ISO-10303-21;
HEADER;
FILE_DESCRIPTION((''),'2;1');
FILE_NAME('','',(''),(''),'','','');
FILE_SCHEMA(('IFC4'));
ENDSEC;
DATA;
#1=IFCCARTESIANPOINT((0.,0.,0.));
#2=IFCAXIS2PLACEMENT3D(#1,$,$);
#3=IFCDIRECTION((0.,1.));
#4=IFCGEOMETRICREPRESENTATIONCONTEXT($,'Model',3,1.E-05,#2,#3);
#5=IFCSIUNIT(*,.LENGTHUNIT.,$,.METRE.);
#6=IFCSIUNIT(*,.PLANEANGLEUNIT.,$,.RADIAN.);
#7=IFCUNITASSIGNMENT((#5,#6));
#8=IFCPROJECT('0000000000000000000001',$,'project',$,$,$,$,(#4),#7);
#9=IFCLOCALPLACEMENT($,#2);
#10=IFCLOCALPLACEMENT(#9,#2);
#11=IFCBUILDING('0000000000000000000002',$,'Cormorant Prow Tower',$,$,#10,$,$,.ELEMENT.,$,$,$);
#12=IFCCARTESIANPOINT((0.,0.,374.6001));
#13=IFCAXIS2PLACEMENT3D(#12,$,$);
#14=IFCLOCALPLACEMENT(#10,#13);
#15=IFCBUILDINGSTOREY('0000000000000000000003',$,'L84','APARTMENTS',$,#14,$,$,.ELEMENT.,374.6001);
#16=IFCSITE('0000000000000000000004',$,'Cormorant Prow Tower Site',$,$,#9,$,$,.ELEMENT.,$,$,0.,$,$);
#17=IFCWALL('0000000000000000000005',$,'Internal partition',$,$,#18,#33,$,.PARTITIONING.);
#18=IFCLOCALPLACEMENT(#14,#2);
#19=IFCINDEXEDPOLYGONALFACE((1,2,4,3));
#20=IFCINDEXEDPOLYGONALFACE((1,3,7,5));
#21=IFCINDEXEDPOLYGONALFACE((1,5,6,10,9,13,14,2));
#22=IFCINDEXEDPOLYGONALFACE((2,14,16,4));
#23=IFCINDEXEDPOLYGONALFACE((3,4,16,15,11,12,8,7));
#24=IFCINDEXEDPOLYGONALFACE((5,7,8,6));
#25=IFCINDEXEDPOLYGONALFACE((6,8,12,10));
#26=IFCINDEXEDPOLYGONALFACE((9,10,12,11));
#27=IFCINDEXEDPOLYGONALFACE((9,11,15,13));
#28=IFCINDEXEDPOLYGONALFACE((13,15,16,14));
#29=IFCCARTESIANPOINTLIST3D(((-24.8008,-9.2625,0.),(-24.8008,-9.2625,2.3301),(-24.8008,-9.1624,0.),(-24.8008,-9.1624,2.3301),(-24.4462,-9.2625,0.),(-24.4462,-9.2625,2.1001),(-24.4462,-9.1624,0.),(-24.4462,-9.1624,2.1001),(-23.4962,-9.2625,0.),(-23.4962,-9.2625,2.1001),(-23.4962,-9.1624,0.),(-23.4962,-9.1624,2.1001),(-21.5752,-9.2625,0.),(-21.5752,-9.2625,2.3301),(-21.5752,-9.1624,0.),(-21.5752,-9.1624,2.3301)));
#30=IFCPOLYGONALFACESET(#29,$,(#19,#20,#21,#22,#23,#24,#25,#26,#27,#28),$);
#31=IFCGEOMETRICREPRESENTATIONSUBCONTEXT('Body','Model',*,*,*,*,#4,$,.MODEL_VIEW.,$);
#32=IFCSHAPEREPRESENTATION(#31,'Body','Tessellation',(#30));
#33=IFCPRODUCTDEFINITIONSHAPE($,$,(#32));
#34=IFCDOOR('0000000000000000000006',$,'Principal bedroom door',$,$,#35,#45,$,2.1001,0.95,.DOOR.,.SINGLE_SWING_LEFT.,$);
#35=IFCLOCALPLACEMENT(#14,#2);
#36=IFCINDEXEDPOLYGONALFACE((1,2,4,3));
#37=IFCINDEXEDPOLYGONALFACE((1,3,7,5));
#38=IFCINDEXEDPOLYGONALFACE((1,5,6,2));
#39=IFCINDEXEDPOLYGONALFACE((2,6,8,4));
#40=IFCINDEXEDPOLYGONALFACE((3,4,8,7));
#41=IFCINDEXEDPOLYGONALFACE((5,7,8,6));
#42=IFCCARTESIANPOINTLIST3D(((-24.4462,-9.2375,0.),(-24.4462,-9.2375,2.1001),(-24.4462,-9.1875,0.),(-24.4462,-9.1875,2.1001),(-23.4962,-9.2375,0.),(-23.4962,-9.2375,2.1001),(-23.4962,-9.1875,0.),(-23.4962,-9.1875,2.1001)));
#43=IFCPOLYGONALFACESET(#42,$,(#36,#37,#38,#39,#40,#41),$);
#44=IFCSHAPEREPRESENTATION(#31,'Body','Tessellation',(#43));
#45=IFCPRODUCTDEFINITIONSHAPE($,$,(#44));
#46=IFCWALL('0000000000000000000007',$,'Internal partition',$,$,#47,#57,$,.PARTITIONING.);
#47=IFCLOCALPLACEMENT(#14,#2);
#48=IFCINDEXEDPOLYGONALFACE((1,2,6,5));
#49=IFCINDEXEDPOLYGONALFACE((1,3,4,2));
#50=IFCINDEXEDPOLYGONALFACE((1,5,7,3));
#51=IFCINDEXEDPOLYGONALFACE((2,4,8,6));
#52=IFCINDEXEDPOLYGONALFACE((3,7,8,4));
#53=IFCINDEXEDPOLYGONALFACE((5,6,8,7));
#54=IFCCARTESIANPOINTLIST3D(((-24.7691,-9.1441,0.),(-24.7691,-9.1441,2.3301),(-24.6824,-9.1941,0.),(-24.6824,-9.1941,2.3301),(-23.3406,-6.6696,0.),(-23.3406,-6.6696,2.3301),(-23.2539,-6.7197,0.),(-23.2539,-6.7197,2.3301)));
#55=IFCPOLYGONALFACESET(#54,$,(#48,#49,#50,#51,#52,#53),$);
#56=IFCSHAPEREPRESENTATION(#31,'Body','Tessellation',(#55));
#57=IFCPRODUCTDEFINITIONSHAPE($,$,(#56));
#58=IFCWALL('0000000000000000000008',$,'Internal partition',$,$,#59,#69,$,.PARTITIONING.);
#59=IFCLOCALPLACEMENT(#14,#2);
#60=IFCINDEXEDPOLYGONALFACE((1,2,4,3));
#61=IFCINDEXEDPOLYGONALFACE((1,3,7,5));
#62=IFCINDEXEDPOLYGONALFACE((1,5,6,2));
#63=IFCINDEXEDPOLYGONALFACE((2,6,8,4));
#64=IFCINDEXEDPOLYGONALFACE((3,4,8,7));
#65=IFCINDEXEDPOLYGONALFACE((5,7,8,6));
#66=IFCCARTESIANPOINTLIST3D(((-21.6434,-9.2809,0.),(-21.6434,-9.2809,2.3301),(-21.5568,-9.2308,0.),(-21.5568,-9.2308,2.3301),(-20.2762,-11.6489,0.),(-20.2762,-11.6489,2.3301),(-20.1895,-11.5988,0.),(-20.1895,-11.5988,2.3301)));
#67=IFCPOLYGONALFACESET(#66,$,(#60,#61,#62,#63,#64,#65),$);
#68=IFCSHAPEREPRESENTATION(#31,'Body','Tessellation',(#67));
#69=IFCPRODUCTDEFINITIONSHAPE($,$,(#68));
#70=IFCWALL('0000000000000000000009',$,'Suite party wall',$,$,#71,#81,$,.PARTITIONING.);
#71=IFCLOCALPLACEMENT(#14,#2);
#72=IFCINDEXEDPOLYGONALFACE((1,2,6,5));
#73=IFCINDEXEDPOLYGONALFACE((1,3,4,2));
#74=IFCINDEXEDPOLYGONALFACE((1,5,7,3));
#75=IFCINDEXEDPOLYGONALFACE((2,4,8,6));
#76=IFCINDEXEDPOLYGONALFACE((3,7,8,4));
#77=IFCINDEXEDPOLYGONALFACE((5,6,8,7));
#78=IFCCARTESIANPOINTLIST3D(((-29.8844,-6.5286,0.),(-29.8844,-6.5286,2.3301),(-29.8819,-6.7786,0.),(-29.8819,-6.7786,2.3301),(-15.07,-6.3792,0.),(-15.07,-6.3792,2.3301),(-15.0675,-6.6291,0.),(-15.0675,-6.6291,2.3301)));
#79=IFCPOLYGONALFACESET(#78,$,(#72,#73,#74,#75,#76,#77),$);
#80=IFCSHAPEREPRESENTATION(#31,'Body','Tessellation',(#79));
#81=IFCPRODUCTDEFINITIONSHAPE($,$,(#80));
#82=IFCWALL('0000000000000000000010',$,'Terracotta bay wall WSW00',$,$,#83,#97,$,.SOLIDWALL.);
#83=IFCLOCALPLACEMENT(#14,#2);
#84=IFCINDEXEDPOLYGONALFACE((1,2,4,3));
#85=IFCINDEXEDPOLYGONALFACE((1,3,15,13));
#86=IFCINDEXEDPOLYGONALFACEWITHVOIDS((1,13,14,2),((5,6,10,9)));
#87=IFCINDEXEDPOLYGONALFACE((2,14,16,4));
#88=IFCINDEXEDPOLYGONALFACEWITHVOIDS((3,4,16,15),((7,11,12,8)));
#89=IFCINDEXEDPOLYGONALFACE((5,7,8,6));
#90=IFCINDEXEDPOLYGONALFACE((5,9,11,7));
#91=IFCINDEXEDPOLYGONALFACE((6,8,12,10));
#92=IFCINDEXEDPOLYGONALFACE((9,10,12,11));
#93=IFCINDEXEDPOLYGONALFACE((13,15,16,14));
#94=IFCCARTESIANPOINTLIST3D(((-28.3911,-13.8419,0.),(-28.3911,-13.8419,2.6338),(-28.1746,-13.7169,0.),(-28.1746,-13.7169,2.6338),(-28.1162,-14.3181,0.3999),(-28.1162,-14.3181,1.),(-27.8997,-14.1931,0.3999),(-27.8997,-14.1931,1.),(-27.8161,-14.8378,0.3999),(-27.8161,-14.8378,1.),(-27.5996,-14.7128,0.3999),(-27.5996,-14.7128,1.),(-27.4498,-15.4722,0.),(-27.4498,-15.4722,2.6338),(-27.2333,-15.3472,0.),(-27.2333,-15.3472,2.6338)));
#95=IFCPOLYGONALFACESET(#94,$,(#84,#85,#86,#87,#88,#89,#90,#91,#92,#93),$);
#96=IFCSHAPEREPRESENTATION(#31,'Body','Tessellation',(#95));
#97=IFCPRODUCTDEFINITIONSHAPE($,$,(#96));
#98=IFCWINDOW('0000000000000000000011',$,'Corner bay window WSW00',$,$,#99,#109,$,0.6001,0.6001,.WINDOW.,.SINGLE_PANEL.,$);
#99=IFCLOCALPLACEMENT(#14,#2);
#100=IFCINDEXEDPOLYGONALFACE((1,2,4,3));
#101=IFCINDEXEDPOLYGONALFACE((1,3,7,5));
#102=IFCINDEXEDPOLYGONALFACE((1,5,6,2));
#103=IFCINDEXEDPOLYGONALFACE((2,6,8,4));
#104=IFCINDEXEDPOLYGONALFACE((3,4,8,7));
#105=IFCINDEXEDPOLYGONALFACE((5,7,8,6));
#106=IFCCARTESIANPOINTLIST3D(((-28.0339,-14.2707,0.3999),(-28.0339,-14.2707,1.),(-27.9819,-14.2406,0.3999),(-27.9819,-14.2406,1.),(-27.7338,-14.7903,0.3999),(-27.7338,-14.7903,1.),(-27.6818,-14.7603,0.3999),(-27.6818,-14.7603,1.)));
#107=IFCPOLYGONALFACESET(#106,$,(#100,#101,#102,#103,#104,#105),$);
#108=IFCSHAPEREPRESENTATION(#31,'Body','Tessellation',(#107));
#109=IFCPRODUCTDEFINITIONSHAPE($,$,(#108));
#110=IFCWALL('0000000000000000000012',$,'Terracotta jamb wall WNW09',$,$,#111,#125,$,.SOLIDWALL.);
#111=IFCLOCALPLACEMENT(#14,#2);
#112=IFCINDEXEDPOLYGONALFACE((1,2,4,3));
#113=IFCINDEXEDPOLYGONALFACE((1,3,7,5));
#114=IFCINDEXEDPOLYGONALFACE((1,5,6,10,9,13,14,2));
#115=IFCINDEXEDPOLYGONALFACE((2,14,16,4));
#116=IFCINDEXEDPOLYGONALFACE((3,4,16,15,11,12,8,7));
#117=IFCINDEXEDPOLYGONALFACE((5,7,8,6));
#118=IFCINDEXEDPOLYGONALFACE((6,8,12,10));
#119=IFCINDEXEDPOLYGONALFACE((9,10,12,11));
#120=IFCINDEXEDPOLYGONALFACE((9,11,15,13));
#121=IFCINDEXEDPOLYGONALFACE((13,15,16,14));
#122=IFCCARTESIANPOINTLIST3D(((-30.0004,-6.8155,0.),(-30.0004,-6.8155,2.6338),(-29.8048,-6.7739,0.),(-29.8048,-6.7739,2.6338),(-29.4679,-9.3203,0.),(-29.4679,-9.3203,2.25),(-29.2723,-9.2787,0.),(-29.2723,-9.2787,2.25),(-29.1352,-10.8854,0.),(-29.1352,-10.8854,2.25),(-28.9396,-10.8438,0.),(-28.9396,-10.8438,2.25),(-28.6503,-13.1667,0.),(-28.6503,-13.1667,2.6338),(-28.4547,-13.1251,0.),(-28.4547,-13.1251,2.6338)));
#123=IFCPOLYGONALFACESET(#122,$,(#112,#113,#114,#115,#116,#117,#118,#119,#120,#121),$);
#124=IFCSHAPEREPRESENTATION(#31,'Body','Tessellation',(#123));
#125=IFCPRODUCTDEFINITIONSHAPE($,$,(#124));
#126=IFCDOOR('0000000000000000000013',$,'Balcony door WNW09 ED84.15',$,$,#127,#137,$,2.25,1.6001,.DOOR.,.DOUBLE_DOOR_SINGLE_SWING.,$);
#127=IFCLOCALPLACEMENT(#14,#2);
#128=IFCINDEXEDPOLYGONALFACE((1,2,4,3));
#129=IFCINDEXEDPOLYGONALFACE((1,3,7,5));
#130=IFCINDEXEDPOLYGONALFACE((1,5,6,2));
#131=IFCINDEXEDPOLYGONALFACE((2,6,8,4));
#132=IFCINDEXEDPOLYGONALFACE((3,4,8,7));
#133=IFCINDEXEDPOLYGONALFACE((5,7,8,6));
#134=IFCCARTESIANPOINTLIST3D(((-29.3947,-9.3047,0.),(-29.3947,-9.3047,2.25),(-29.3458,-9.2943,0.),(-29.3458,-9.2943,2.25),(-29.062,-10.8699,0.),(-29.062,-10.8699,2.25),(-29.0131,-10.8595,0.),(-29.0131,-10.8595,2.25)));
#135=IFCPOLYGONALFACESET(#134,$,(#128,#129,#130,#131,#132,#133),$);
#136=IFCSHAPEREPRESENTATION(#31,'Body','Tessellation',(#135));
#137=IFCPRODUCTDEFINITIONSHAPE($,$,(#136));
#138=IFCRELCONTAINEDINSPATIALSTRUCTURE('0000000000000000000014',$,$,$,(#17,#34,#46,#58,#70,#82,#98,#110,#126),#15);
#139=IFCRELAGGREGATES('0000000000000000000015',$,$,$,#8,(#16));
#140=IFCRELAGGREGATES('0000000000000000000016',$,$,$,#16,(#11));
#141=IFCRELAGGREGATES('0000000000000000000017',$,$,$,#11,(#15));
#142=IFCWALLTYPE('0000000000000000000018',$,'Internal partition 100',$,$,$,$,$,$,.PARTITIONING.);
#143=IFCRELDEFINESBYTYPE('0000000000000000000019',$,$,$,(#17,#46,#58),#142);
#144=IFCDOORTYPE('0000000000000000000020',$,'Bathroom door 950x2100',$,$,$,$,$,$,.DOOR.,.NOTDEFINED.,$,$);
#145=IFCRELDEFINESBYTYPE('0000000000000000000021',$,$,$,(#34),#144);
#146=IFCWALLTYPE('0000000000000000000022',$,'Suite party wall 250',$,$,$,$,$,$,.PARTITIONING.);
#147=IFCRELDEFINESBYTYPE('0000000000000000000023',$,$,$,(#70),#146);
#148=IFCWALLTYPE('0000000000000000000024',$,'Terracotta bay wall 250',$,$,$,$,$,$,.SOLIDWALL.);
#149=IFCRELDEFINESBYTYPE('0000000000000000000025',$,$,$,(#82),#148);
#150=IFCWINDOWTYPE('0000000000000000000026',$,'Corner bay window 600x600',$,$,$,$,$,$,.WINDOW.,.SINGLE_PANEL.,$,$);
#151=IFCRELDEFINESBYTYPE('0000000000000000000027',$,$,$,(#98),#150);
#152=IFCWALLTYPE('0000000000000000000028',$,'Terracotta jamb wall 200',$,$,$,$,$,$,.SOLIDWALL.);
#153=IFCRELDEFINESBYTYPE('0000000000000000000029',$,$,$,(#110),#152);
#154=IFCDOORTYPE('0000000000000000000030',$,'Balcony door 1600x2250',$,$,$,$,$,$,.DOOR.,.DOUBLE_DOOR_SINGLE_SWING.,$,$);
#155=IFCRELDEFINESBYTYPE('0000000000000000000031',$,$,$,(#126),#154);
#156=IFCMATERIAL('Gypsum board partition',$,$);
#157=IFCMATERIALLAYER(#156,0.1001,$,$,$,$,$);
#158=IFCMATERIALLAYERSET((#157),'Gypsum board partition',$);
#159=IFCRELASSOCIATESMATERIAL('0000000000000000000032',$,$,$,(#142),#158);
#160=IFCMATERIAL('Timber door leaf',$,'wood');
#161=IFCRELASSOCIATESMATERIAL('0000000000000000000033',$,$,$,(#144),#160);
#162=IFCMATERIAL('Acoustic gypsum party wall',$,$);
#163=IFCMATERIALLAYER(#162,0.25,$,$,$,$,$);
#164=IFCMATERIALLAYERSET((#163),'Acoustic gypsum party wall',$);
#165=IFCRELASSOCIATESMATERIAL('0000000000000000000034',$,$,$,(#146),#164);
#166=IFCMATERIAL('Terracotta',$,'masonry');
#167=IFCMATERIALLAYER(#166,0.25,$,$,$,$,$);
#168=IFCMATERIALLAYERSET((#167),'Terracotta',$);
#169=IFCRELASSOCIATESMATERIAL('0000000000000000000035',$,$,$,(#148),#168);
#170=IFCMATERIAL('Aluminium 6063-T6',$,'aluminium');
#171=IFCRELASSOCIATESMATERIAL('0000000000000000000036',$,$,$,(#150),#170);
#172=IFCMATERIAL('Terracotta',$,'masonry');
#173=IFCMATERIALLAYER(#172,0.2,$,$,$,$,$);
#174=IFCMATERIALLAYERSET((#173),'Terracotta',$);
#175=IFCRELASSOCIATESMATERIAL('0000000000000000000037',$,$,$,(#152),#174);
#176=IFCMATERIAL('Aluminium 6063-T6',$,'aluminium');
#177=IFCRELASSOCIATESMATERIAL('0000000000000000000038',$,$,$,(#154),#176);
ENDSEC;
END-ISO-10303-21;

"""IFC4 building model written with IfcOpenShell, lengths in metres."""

from ifc_helpers import new_model, si_unit, direction, frame, frame_2d, origin, place, context, subcontext, project, spatial, rectangle, extrude, material, layer, layer_set, type_object, element, fill, save


model = new_model("IFC4")

# Units and contexts
model_context = context("Model", 3, precision=1e-05, world=origin(), true_north=direction((0.0, 1.0)))
body_context = subcontext(model_context, "Body", "Model", "MODEL_VIEW")
ifc_project = project(units=[si_unit("LENGTHUNIT", "METRE"), si_unit("PLANEANGLEUNIT", "RADIAN")], contexts=[model_context])

# Site, building, storey
site_placement = place(None, origin())
site = spatial("IfcSite", under=ifc_project, at=site_placement, Name="Cormorant Prow Tower Site", CompositionType="ELEMENT", RefElevation=0.0)
building_placement = place(site_placement, origin())
building = spatial("IfcBuilding", under=site, at=building_placement, Name="Cormorant Prow Tower", CompositionType="ELEMENT")
storey_placement = place(building_placement, frame((0.0, 0.0, 374.6001)))
storey = spatial("IfcBuildingStorey", under=building, at=storey_placement, Name="L84", Description="APARTMENTS", CompositionType="ELEMENT", Elevation=374.6001)

# Wall, opening, door
ifc_material_1 = material(Name="Gypsum board partition")
ifc_layer_1 = layer(ifc_material_1, 0.1001)
ifc_layer_set_1 = layer_set([ifc_layer_1], Name="Gypsum board partition")
wall_type_1 = type_object("IfcWallType", Name="Internal partition 100", PredefinedType="PARTITIONING", material=ifc_layer_set_1)
ifc_material_2 = material(Name="Timber door leaf", Category="wood")
door_type_1 = type_object("IfcDoorType", Name="Bathroom door 950x2100", OperationType="NOTDEFINED", PredefinedType="DOOR", material=ifc_material_2)
wall_1_placement = place(storey_placement, frame((-24.8008, -9.2124, 0.0), z_axis=(0.0, 0.0, 1.0), x_axis=(1.0, 0.0, 0.0)))
wall_1 = element("IfcWall", 1, at=wall_1_placement, inside=storey, type_object=wall_type_1, Name="Internal partition", PredefinedType="PARTITIONING", context=body_context, shape_type="SweptSolid", body=[
    extrude(rectangle(XDim=3.2256, YDim=0.1001, at=frame_2d((1.6128, 0.0))), origin(), (0.0, 0.0, 1.0), 2.3301),
])
opening_1_placement = place(wall_1_placement, frame((0.3545, 0.0, 0.0)))
opening_1 = element("IfcOpeningElement", 2, at=opening_1_placement, cuts=wall_1, PredefinedType="OPENING", context=body_context, shape_type="SweptSolid", body=[
    extrude(rectangle(XDim=0.95, YDim=2.1001, at=frame_2d((0.4751, 1.05))), frame((0.0, 0.0601, 0.0), z_axis=(0.0, -1.0, 0.0), x_axis=(1.0, 0.0, 0.0)), (0.0, 0.0, 1.0), 0.1201),
])
door_1_placement = place(opening_1_placement, origin())
door_1 = element("IfcDoor", 3, at=door_1_placement, inside=storey, type_object=door_type_1, Name="Principal bedroom door", OperationType="SINGLE_SWING_LEFT", OverallHeight=2.1001, OverallWidth=0.95, PredefinedType="DOOR", context=body_context, shape_type="SweptSolid", body=[
    extrude(rectangle(XDim=0.95, YDim=2.1001, at=frame_2d((0.4751, 1.05))), frame((0.0, 0.0249, 0.0), z_axis=(0.0, -1.0, 0.0), x_axis=(1.0, 0.0, 0.0)), (0.0, 0.0, 1.0), 0.05),
])
fill(opening_1, door_1)

# Walls
wall_2_placement = place(storey_placement, frame((-24.7258, -9.1692, 0.0), z_axis=(0.0, 0.0, 1.0), x_axis=(0.499971, 0.866042, 0.0)))
element("IfcWall", 4, at=wall_2_placement, inside=storey, type_object=wall_type_1, Name="Internal partition", PredefinedType="PARTITIONING", context=body_context, shape_type="SweptSolid", body=[
    extrude(rectangle(XDim=2.8572, YDim=0.1001, at=frame_2d((1.4287, 0.0))), origin(), (0.0, 0.0, 1.0), 2.3301),
])
wall_3_placement = place(storey_placement, frame((-21.6001, -9.2559, 0.0), z_axis=(0.0, 0.0, 1.0), x_axis=(0.500019, -0.866015, 0.0)))
element("IfcWall", 5, at=wall_3_placement, inside=storey, type_object=wall_type_1, Name="Internal partition", PredefinedType="PARTITIONING", context=body_context, shape_type="SweptSolid", body=[
    extrude(rectangle(XDim=2.7344, YDim=0.1001, at=frame_2d((1.3672, 0.0))), origin(), (0.0, 0.0, 1.0), 2.3301),
])
ifc_material_3 = material(Name="Acoustic gypsum party wall")
ifc_layer_2 = layer(ifc_material_3, 0.25)
ifc_layer_set_2 = layer_set([ifc_layer_2], Name="Acoustic gypsum party wall")
wall_type_2 = type_object("IfcWallType", Name="Suite party wall 250", PredefinedType="PARTITIONING", material=ifc_layer_set_2)
wall_4_placement = place(storey_placement, frame((-29.8833, -6.6536, 0.0), z_axis=(0.0, 0.0, 1.0), x_axis=(0.999949, 0.010085, 0.0)))
element("IfcWall", 6, at=wall_4_placement, inside=storey, type_object=wall_type_2, Name="Suite party wall", PredefinedType="PARTITIONING", context=body_context, shape_type="SweptSolid", body=[
    extrude(rectangle(XDim=14.8152, YDim=0.25, at=frame_2d((7.4077, 0.0))), origin(), (0.0, 0.0, 1.0), 2.3301),
])

# Wall, opening, window
ifc_material_4 = material(Name="Terracotta", Category="masonry")
ifc_layer_3 = layer(ifc_material_4, 0.25)
ifc_layer_set_3 = layer_set([ifc_layer_3], Name="Terracotta")
wall_type_3 = type_object("IfcWallType", Name="Terracotta bay wall 250", PredefinedType="SOLIDWALL", material=ifc_layer_set_3)
wall_5_placement = place(storey_placement, frame((-28.283, -13.7793, 0.0), z_axis=(0.0, 0.0, 1.0), x_axis=(0.500044, -0.866, 0.0)))
wall_5 = element("IfcWall", 7, at=wall_5_placement, inside=storey, type_object=wall_type_3, Name="Terracotta bay wall WSW00", PredefinedType="SOLIDWALL", context=body_context, shape_type="SweptSolid", body=[
    extrude(rectangle(XDim=1.8826, YDim=0.25, at=frame_2d((0.9414, 0.0))), origin(), (0.0, 0.0, 1.0), 2.6338),
])
opening_2_placement = place(wall_5_placement, frame((0.55, 0.0, 0.3999)))
opening_2 = element("IfcOpeningElement", 8, at=opening_2_placement, cuts=wall_5, PredefinedType="OPENING", context=body_context, shape_type="SweptSolid", body=[
    extrude(rectangle(XDim=0.6001, YDim=0.6001, at=frame_2d((0.3, 0.3))), frame((0.0, 0.135, 0.0), z_axis=(0.0, -1.0, 0.0), x_axis=(1.0, 0.0, 0.0)), (0.0, 0.0, 1.0), 0.27),
])
ifc_material_5 = material(Name="Aluminium 6063-T6", Category="aluminium")
window_type = type_object("IfcWindowType", Name="Corner bay window 600x600", PartitioningType="SINGLE_PANEL", PredefinedType="WINDOW", material=ifc_material_5)
window_placement = place(opening_2_placement, origin())
window = element("IfcWindow", 9, at=window_placement, inside=storey, type_object=window_type, Name="Corner bay window WSW00", OverallHeight=0.6001, OverallWidth=0.6001, PartitioningType="SINGLE_PANEL", PredefinedType="WINDOW", context=body_context, shape_type="SweptSolid", body=[
    extrude(rectangle(XDim=0.6001, YDim=0.6001, at=frame_2d((0.3, 0.3))), frame((0.0, 0.03, 0.0), z_axis=(0.0, -1.0, 0.0), x_axis=(1.0, 0.0, 0.0)), (0.0, 0.0, 1.0), 0.0601),
])
fill(opening_2, window)

# Wall, opening, door
ifc_material_6 = material(Name="Terracotta", Category="masonry")
ifc_layer_4 = layer(ifc_material_6, 0.2)
ifc_layer_set_4 = layer_set([ifc_layer_4], Name="Terracotta")
wall_type_4 = type_object("IfcWallType", Name="Terracotta jamb wall 200", PredefinedType="SOLIDWALL", material=ifc_layer_set_4)
wall_6_placement = place(storey_placement, frame((-29.9026, -6.7947, 0.0), z_axis=(0.0, 0.0, 1.0), x_axis=(0.207924, -0.978145, 0.0)))
wall_6 = element("IfcWall", 10, at=wall_6_placement, inside=storey, type_object=wall_type_4, Name="Terracotta jamb wall WNW09", PredefinedType="SOLIDWALL", context=body_context, shape_type="SweptSolid", body=[
    extrude(rectangle(XDim=6.4932, YDim=0.2, at=frame_2d((3.2466, 0.0))), origin(), (0.0, 0.0, 1.0), 2.6338),
])
opening_3_placement = place(wall_6_placement, frame((2.5608, 0.0, 0.0)))
opening_3 = element("IfcOpeningElement", 11, at=opening_3_placement, cuts=wall_6, PredefinedType="OPENING", context=body_context, shape_type="SweptSolid", body=[
    extrude(rectangle(XDim=1.6001, YDim=2.25, at=frame_2d((0.8, 1.125))), frame((0.0, 0.1099, 0.0), z_axis=(0.0, -1.0, 0.0), x_axis=(1.0, 0.0, 0.0)), (0.0, 0.0, 1.0), 0.22),
])
ifc_material_7 = material(Name="Aluminium 6063-T6", Category="aluminium")
door_type_2 = type_object("IfcDoorType", Name="Balcony door 1600x2250", OperationType="DOUBLE_DOOR_SINGLE_SWING", PredefinedType="DOOR", material=ifc_material_7)
door_2_placement = place(opening_3_placement, origin())
door_2 = element("IfcDoor", 12, at=door_2_placement, inside=storey, type_object=door_type_2, Name="Balcony door WNW09 ED84.15", OperationType="DOUBLE_DOOR_SINGLE_SWING", OverallHeight=2.25, OverallWidth=1.6001, PredefinedType="DOOR", context=body_context, shape_type="SweptSolid", body=[
    extrude(rectangle(XDim=1.6001, YDim=2.25, at=frame_2d((0.8, 1.125))), frame((0.0, 0.0249, 0.0), z_axis=(0.0, -1.0, 0.0), x_axis=(1.0, 0.0, 0.0)), (0.0, 0.0, 1.0), 0.05),
])
fill(opening_3, door_2)

save(model, "model.ifc")
